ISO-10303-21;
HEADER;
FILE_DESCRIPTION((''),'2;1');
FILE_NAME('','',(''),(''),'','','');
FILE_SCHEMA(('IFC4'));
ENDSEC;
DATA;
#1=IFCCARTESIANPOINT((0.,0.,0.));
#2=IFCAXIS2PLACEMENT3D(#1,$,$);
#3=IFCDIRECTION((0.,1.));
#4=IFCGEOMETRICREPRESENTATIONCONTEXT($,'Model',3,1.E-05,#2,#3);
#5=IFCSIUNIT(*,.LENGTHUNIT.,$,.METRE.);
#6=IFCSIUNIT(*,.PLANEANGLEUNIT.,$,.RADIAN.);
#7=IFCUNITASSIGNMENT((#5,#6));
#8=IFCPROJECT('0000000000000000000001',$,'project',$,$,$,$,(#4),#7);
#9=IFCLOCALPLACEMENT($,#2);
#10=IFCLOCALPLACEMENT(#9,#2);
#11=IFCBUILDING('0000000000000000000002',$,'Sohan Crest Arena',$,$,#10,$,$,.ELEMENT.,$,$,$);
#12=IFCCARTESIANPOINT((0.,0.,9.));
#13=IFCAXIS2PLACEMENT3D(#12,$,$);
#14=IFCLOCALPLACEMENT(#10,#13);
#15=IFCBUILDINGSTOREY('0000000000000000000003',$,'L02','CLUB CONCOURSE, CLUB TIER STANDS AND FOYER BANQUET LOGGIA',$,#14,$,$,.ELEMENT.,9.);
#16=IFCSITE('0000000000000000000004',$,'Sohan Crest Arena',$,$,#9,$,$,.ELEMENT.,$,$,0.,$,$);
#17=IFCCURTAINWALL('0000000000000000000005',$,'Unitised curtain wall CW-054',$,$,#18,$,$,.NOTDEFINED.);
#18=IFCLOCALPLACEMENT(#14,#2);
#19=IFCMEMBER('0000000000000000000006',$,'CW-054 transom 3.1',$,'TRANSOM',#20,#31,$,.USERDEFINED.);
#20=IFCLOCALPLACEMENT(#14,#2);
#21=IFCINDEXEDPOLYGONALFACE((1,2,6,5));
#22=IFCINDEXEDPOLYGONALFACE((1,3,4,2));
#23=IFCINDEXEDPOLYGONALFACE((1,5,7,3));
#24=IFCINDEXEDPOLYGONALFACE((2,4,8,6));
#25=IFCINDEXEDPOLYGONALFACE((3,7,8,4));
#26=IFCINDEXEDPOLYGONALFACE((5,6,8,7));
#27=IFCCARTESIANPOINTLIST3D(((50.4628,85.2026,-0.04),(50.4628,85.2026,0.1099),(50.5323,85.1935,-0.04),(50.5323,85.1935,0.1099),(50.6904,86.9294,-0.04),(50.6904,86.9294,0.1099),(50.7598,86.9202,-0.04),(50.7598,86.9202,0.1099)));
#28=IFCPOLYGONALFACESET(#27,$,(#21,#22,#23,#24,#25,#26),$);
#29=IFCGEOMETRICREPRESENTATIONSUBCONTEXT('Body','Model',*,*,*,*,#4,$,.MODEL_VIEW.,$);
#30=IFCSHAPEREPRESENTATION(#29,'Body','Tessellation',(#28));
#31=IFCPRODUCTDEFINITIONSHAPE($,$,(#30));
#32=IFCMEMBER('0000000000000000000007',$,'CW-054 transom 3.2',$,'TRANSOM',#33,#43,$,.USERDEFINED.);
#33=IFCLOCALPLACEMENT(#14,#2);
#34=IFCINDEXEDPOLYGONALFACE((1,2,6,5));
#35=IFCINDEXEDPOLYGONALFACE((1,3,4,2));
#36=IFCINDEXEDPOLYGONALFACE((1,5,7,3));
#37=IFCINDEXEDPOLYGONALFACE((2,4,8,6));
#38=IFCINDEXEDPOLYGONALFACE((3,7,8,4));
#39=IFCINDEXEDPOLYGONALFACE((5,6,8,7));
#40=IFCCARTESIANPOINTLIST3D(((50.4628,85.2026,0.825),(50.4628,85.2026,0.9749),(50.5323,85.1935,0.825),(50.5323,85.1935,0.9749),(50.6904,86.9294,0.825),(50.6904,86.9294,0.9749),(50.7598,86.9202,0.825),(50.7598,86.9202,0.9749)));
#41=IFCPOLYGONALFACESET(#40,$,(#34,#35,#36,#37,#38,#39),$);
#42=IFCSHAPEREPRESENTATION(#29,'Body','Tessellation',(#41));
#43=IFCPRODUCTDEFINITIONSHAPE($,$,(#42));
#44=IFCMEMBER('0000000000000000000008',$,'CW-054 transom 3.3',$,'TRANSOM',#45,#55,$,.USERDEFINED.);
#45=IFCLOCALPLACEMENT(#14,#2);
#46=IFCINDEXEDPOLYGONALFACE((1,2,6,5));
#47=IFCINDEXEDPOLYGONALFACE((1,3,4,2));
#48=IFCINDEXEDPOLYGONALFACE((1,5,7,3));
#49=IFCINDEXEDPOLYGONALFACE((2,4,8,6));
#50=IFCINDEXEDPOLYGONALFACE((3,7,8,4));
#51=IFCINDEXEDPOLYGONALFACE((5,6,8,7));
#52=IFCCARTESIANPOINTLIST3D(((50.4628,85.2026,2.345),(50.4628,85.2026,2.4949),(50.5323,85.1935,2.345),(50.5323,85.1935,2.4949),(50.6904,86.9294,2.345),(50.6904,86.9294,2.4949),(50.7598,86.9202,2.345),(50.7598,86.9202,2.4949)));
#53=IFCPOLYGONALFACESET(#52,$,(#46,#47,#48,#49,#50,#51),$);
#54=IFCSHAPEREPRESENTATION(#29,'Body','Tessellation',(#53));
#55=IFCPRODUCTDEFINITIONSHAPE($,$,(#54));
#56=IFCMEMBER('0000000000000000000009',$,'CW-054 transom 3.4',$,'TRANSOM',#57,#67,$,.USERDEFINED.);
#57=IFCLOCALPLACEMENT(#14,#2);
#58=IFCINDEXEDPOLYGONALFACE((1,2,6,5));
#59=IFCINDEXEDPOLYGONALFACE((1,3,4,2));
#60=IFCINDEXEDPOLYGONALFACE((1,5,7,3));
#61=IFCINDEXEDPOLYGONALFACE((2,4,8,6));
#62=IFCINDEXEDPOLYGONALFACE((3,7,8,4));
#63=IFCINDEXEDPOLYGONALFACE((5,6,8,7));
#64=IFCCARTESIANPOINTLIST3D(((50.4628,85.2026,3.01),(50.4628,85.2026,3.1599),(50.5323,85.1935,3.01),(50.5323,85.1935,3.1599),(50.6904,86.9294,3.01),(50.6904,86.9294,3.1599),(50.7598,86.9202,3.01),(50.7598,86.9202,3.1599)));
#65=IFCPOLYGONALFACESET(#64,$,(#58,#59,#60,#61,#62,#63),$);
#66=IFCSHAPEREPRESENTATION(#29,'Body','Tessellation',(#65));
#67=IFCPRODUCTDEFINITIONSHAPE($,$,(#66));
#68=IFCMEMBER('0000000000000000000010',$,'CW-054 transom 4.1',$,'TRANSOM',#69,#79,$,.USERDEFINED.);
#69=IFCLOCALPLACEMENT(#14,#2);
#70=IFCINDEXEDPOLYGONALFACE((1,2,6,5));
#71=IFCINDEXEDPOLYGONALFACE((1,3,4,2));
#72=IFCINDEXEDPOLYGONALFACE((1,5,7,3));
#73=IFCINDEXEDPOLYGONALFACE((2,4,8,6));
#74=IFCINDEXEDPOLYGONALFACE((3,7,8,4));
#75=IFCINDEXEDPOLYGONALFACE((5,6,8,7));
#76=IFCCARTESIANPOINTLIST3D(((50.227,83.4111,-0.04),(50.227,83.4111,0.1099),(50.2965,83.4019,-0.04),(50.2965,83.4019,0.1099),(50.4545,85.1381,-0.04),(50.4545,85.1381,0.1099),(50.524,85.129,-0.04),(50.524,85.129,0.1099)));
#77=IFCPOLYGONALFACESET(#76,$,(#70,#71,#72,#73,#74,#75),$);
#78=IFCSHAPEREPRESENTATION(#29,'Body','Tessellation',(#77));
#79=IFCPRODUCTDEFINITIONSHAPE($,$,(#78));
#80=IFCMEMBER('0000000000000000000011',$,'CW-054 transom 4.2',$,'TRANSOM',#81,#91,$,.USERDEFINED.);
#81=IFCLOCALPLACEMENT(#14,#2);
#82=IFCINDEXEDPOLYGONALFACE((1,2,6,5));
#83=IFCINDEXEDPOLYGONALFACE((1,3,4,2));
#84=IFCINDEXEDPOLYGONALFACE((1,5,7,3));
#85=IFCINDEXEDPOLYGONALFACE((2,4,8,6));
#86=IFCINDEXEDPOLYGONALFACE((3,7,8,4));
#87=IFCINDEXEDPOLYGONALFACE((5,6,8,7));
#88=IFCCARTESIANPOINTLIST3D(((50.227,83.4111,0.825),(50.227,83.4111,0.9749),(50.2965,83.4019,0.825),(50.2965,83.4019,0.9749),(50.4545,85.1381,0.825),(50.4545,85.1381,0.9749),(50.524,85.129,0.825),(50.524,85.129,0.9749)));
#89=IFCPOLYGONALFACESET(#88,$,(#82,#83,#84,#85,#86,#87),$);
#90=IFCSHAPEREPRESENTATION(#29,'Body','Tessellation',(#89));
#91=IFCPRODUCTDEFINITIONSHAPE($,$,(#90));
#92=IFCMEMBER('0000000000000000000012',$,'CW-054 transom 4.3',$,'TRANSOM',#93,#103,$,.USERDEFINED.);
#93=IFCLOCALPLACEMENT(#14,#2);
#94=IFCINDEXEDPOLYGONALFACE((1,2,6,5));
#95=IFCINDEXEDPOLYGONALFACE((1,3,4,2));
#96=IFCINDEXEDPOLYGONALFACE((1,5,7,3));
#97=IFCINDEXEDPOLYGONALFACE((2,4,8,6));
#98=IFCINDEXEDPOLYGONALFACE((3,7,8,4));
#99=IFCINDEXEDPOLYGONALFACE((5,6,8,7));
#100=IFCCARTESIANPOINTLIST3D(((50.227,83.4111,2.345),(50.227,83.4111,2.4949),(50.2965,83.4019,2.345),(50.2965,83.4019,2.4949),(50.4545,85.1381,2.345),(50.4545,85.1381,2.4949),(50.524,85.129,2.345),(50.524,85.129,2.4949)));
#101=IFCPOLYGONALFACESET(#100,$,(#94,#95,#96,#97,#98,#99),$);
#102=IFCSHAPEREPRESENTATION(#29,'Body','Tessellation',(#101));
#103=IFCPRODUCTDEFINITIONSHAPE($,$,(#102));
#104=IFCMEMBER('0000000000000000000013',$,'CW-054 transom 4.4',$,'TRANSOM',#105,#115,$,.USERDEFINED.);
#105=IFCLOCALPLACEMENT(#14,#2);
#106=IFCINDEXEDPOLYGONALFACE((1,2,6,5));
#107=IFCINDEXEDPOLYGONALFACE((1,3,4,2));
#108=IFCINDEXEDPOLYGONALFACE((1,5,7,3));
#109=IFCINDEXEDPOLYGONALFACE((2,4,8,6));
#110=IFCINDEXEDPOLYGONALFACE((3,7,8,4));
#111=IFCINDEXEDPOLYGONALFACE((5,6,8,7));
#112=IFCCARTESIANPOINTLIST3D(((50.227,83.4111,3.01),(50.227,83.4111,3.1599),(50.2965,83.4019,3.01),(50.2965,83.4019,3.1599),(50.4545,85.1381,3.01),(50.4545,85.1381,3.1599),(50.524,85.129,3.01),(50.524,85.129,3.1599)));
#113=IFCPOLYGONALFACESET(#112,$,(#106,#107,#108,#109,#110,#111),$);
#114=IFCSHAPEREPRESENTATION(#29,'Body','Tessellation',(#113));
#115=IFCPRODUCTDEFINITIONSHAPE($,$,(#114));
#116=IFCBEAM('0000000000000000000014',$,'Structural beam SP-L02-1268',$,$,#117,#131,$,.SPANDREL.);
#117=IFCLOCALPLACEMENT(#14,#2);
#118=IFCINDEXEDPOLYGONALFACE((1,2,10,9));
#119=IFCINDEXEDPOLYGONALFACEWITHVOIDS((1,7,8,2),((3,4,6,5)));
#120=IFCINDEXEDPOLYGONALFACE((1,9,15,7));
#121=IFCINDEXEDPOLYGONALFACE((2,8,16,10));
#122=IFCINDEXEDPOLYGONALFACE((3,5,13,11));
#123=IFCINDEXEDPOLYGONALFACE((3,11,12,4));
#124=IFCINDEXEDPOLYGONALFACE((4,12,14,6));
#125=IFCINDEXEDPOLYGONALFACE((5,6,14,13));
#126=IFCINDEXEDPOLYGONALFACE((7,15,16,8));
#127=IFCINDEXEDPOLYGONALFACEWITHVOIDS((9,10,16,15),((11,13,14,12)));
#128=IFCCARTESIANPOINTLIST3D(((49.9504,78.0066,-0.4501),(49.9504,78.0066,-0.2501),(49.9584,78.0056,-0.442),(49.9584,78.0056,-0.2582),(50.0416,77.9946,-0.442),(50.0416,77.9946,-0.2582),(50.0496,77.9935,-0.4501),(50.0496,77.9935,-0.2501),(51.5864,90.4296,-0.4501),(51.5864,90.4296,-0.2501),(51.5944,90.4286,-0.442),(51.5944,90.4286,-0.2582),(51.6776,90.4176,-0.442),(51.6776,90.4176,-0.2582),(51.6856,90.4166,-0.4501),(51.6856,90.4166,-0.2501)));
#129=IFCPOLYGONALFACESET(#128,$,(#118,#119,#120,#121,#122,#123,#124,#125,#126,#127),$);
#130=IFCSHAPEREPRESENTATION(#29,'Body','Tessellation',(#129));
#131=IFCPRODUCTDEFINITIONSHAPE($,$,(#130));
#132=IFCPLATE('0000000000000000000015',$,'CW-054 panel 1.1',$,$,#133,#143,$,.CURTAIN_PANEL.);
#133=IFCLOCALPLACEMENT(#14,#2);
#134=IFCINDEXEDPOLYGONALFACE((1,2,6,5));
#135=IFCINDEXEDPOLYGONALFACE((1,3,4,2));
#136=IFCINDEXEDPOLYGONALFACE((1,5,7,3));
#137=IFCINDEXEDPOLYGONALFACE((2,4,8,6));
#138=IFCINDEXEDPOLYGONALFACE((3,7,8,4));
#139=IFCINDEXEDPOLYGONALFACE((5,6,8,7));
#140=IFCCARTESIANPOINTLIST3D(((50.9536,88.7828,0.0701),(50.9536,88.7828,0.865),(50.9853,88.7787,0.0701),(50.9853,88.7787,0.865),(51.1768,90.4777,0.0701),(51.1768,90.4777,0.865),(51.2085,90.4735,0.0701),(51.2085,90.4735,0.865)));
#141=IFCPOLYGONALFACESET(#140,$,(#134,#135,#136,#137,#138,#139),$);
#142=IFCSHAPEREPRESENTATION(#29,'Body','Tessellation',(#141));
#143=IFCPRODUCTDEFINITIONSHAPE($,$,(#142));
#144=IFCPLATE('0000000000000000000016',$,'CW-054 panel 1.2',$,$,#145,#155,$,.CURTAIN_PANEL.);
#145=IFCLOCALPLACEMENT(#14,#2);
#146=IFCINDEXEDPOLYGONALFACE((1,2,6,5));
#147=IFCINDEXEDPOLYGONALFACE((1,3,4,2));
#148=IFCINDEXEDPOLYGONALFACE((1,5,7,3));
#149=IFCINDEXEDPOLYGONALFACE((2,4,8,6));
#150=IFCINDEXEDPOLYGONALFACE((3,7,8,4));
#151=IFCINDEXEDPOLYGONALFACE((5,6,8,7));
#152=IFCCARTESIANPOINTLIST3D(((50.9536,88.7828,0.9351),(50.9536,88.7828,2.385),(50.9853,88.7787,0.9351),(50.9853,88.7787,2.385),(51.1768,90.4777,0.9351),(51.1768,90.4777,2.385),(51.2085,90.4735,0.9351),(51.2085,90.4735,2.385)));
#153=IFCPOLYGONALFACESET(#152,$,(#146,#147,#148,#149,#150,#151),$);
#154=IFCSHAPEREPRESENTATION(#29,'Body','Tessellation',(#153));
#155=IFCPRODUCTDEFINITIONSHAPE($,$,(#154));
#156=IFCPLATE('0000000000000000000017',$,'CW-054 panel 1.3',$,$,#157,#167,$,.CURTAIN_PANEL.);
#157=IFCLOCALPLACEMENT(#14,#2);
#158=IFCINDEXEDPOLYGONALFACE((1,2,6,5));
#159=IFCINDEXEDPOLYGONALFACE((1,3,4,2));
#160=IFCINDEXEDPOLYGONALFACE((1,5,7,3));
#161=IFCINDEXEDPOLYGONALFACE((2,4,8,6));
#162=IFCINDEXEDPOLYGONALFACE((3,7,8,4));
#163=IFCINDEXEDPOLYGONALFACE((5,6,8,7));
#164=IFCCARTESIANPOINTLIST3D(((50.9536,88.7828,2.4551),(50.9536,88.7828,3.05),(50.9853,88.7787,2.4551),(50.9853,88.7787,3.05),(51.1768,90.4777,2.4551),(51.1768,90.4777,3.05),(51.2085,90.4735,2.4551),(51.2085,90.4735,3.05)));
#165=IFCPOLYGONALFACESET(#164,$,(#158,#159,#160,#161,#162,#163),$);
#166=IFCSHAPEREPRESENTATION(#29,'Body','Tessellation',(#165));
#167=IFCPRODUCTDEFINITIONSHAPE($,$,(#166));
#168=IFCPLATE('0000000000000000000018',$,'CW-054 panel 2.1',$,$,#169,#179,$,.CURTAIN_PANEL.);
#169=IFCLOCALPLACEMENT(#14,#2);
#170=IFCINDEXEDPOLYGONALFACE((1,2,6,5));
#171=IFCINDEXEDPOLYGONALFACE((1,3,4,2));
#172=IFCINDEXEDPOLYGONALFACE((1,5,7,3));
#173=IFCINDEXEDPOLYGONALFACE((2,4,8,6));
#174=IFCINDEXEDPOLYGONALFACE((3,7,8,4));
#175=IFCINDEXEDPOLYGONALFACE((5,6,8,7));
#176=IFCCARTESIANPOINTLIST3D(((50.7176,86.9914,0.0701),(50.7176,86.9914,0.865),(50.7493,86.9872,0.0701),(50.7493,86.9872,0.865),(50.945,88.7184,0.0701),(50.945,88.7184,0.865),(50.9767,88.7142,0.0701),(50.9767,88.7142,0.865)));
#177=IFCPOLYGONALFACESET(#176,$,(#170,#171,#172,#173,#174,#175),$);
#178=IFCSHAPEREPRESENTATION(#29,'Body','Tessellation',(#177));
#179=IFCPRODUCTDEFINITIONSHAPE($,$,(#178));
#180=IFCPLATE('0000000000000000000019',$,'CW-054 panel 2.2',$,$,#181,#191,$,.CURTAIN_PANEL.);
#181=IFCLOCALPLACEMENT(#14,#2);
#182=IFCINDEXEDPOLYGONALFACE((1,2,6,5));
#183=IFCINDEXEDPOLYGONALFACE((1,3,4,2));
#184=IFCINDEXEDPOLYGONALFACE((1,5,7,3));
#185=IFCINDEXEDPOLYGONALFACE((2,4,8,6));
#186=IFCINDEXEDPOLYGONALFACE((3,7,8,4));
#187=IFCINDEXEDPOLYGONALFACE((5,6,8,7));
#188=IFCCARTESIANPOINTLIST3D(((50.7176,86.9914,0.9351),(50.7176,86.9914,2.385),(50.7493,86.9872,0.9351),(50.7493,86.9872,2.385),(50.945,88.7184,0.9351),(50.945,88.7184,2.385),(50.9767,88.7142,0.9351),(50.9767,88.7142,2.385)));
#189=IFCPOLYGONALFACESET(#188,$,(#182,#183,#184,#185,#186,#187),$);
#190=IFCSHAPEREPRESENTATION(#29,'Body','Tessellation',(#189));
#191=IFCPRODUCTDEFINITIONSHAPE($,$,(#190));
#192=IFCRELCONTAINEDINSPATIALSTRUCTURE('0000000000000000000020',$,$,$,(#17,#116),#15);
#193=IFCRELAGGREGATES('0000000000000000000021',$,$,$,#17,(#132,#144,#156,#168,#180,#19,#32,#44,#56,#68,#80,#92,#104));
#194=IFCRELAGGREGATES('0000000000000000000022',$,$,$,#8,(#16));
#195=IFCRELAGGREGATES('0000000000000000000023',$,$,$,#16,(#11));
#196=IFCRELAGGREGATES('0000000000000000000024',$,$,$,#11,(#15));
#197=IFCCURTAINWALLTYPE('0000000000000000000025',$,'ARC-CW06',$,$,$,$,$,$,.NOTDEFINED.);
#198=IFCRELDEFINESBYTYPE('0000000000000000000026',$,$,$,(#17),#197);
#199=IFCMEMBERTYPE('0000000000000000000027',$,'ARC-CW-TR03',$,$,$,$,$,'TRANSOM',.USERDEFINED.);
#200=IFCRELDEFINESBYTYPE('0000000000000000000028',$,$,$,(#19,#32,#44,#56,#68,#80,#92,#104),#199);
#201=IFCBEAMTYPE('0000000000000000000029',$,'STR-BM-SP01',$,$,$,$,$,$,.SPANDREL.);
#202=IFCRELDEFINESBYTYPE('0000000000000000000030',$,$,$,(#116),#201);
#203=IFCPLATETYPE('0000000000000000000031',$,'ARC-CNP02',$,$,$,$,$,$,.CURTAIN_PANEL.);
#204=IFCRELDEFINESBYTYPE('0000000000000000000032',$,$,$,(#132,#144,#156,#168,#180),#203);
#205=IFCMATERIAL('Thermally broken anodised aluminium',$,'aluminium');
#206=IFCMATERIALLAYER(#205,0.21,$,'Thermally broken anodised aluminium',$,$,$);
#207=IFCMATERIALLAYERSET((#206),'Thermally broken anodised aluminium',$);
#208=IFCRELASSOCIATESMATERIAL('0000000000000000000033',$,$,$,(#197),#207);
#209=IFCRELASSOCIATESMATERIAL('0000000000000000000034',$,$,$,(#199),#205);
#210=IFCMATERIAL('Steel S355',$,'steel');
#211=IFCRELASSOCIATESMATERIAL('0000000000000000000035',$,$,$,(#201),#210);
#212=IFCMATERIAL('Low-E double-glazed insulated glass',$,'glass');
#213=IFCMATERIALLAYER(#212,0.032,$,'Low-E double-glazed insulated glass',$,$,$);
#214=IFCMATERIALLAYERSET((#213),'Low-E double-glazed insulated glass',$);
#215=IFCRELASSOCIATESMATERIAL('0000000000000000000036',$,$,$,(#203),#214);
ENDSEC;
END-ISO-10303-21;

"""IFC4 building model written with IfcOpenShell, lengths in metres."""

from ifc_helpers import new_model, si_unit, direction, frame, origin, origin_2d, place, context, subcontext, project, spatial, rectangle, hollow_rectangle, extrude, material, layer, layer_set, material_profile, profile_set, type_object, element, aggregate, save


model = new_model("IFC4")

# Units and contexts
model_context = context("Model", 3, precision=1e-05, world=origin(), true_north=direction((0.0, 1.0)))
body_context = subcontext(model_context, "Body", "Model", "MODEL_VIEW")
ifc_project = project(units=[si_unit("LENGTHUNIT", "METRE"), si_unit("PLANEANGLEUNIT", "RADIAN")], contexts=[model_context])

# Site, building, storey
site_placement = place(None, origin())
site = spatial("IfcSite", under=ifc_project, at=site_placement, Name="Sohan Crest Arena", CompositionType="ELEMENT", RefElevation=0.0)
building_placement = place(site_placement, origin())
building = spatial("IfcBuilding", under=site, at=building_placement, Name="Sohan Crest Arena", CompositionType="ELEMENT")
storey_placement = place(building_placement, frame((0.0, 0.0, 9.0)))
storey = spatial("IfcBuildingStorey", under=building, at=storey_placement, Name="L02", Description="CLUB CONCOURSE, CLUB TIER STANDS AND FOYER BANQUET LOGGIA", CompositionType="ELEMENT", Elevation=9.0)

# Shared definitions
ifc_material_1 = material(Name="Steel S355", Category="steel")

# Curtain wall, members
ifc_material_2 = material(Name="Thermally broken anodised aluminium", Category="aluminium")
ifc_layer_1 = layer(ifc_material_2, 0.21, Name="Thermally broken anodised aluminium")
ifc_layer_set_1 = layer_set([ifc_layer_1], Name="Thermally broken anodised aluminium")
curtain_wall_type = type_object("IfcCurtainWallType", Name="ARC-CW06", PredefinedType="NOTDEFINED", material=ifc_layer_set_1)
curtain_wall_placement = place(storey_placement, origin())
curtain_wall = element("IfcCurtainWall", 1, at=curtain_wall_placement, inside=storey, type_object=curtain_wall_type, Name="Unitised curtain wall CW-054", PredefinedType="NOTDEFINED")
ifc_material_profile_1 = material_profile(ifc_material_2, rectangle(XDim=0.0701, YDim=0.1499, at=origin_2d()), Name="ALU-TRAN 70x150")
ifc_profile_set_1 = profile_set([ifc_material_profile_1], Name="Thermally broken anodised aluminium")
member_type_1 = type_object("IfcMemberType", Name="ARC-CW-TR03", ElementType="TRANSOM", PredefinedType="USERDEFINED", material=ifc_profile_set_1)
member_1_placement = place(storey_placement, frame((50.7251, 86.9248, 0.0349), z_axis=(-0.130639, -0.99143, 0.0), x_axis=(0.99143, -0.130639, 0.0)))
member_1 = element("IfcMember", 2, at=member_1_placement, type_object=member_type_1, Name="CW-054 transom 3.1", ObjectType="TRANSOM", PredefinedType="USERDEFINED", context=body_context, shape_type="SweptSolid", body=[
    extrude(rectangle(XDim=0.0701, YDim=0.1499, at=origin_2d()), origin(), (0.0, 0.0, 1.0), 1.7417),
])
member_2_placement = place(storey_placement, frame((50.7251, 86.9248, 0.8999), z_axis=(-0.130639, -0.99143, 0.0), x_axis=(0.99143, -0.130639, 0.0)))
member_2 = element("IfcMember", 3, at=member_2_placement, type_object=member_type_1, Name="CW-054 transom 3.2", ObjectType="TRANSOM", PredefinedType="USERDEFINED", context=body_context, shape_type="SweptSolid", body=[
    extrude(rectangle(XDim=0.0701, YDim=0.1499, at=origin_2d()), origin(), (0.0, 0.0, 1.0), 1.7417),
])
member_3_placement = place(storey_placement, frame((50.7251, 86.9248, 2.4199), z_axis=(-0.130639, -0.99143, 0.0), x_axis=(0.99143, -0.130639, 0.0)))
member_3 = element("IfcMember", 4, at=member_3_placement, type_object=member_type_1, Name="CW-054 transom 3.3", ObjectType="TRANSOM", PredefinedType="USERDEFINED", context=body_context, shape_type="SweptSolid", body=[
    extrude(rectangle(XDim=0.0701, YDim=0.1499, at=origin_2d()), origin(), (0.0, 0.0, 1.0), 1.7417),
])
member_4_placement = place(storey_placement, frame((50.7251, 86.9248, 3.085), z_axis=(-0.130639, -0.99143, 0.0), x_axis=(0.99143, -0.130639, 0.0)))
member_4 = element("IfcMember", 5, at=member_4_placement, type_object=member_type_1, Name="CW-054 transom 3.4", ObjectType="TRANSOM", PredefinedType="USERDEFINED", context=body_context, shape_type="SweptSolid", body=[
    extrude(rectangle(XDim=0.0701, YDim=0.1499, at=origin_2d()), origin(), (0.0, 0.0, 1.0), 1.7417),
])
member_5_placement = place(storey_placement, frame((50.4893, 85.1335, 0.0349), z_axis=(-0.130621, -0.991432, 0.0), x_axis=(0.991432, -0.130621, 0.0)))
member_5 = element("IfcMember", 6, at=member_5_placement, type_object=member_type_1, Name="CW-054 transom 4.1", ObjectType="TRANSOM", PredefinedType="USERDEFINED", context=body_context, shape_type="SweptSolid", body=[
    extrude(rectangle(XDim=0.0701, YDim=0.1499, at=origin_2d()), origin(), (0.0, 0.0, 1.0), 1.7419),
])
member_6_placement = place(storey_placement, frame((50.4893, 85.1335, 0.8999), z_axis=(-0.130621, -0.991432, 0.0), x_axis=(0.991432, -0.130621, 0.0)))
member_6 = element("IfcMember", 7, at=member_6_placement, type_object=member_type_1, Name="CW-054 transom 4.2", ObjectType="TRANSOM", PredefinedType="USERDEFINED", context=body_context, shape_type="SweptSolid", body=[
    extrude(rectangle(XDim=0.0701, YDim=0.1499, at=origin_2d()), origin(), (0.0, 0.0, 1.0), 1.7419),
])
member_7_placement = place(storey_placement, frame((50.4893, 85.1335, 2.4199), z_axis=(-0.130621, -0.991432, 0.0), x_axis=(0.991432, -0.130621, 0.0)))
member_7 = element("IfcMember", 8, at=member_7_placement, type_object=member_type_1, Name="CW-054 transom 4.3", ObjectType="TRANSOM", PredefinedType="USERDEFINED", context=body_context, shape_type="SweptSolid", body=[
    extrude(rectangle(XDim=0.0701, YDim=0.1499, at=origin_2d()), origin(), (0.0, 0.0, 1.0), 1.7419),
])
member_8_placement = place(storey_placement, frame((50.4893, 85.1335, 3.085), z_axis=(-0.130621, -0.991432, 0.0), x_axis=(0.991432, -0.130621, 0.0)))
member_8 = element("IfcMember", 9, at=member_8_placement, type_object=member_type_1, Name="CW-054 transom 4.4", ObjectType="TRANSOM", PredefinedType="USERDEFINED", context=body_context, shape_type="SweptSolid", body=[
    extrude(rectangle(XDim=0.0701, YDim=0.1499, at=origin_2d()), origin(), (0.0, 0.0, 1.0), 1.7419),
])

# Beam
ifc_material_profile_2 = material_profile(ifc_material_1, hollow_rectangle(XDim=0.1001, YDim=0.2, WallThickness=0.0081, at=origin_2d()), Name="RHS 200x100x8")
ifc_profile_set_2 = profile_set([ifc_material_profile_2], Name="Steel S355")
beam_type = type_object("IfcBeamType", Name="STR-BM-SP01", PredefinedType="SPANDREL", material=ifc_profile_set_2)
beam_placement = place(storey_placement, frame((51.636, 90.4231, -0.3501), z_axis=(-0.130562, -0.99144, 0.0), x_axis=(0.99144, -0.130562, 0.0)))
element("IfcBeam", 10, at=beam_placement, inside=storey, type_object=beam_type, Name="Structural beam SP-L02-1268", PredefinedType="SPANDREL", context=body_context, shape_type="SweptSolid", body=[
    extrude(hollow_rectangle(XDim=0.1001, YDim=0.2, WallThickness=0.0081, at=origin_2d()), origin(), (0.0, 0.0, 1.0), 12.5303),
])

# Plates
ifc_material_3 = material(Name="Low-E double-glazed insulated glass", Category="glass")
ifc_layer_2 = layer(ifc_material_3, 0.032, Name="Low-E double-glazed insulated glass")
ifc_layer_set_2 = layer_set([ifc_layer_2], Name="Low-E double-glazed insulated glass")
plate_type = type_object("IfcPlateType", Name="ARC-CNP02", PredefinedType="CURTAIN_PANEL", material=ifc_layer_set_2)
plate_1_placement = place(storey_placement, frame((51.0811, 89.6282, 0.0701), z_axis=(0.0, 0.0, 1.0), x_axis=(-0.130532, -0.991444, 0.0)))
plate_1 = element("IfcPlate", 11, at=plate_1_placement, type_object=plate_type, Name="CW-054 panel 1.1", PredefinedType="CURTAIN_PANEL", context=body_context, shape_type="SweptSolid", body=[
    extrude(rectangle(XDim=1.7095, YDim=0.032, at=origin_2d()), origin(), (0.0, 0.0, 1.0), 0.7949),
])
plate_2_placement = place(storey_placement, frame((51.0811, 89.6282, 0.9351), z_axis=(0.0, 0.0, 1.0), x_axis=(-0.130532, -0.991444, 0.0)))
plate_2 = element("IfcPlate", 12, at=plate_2_placement, type_object=plate_type, Name="CW-054 panel 1.2", PredefinedType="CURTAIN_PANEL", context=body_context, shape_type="SweptSolid", body=[
    extrude(rectangle(XDim=1.7095, YDim=0.032, at=origin_2d()), origin(), (0.0, 0.0, 1.0), 1.45),
])
plate_3_placement = place(storey_placement, frame((51.0811, 89.6282, 2.4551), z_axis=(0.0, 0.0, 1.0), x_axis=(-0.130532, -0.991444, 0.0)))
plate_3 = element("IfcPlate", 13, at=plate_3_placement, type_object=plate_type, Name="CW-054 panel 1.3", PredefinedType="CURTAIN_PANEL", context=body_context, shape_type="SweptSolid", body=[
    extrude(rectangle(XDim=1.7095, YDim=0.032, at=origin_2d()), origin(), (0.0, 0.0, 1.0), 0.595),
])
plate_4_placement = place(storey_placement, frame((50.8472, 87.8528, 0.0701), z_axis=(0.0, 0.0, 1.0), x_axis=(-0.130532, -0.991444, 0.0)))
plate_4 = element("IfcPlate", 14, at=plate_4_placement, type_object=plate_type, Name="CW-054 panel 2.1", PredefinedType="CURTAIN_PANEL", context=body_context, shape_type="SweptSolid", body=[
    extrude(rectangle(XDim=1.7419, YDim=0.032, at=origin_2d()), origin(), (0.0, 0.0, 1.0), 0.7949),
])
plate_5_placement = place(storey_placement, frame((50.8472, 87.8528, 0.9351), z_axis=(0.0, 0.0, 1.0), x_axis=(-0.130532, -0.991444, 0.0)))
plate_5 = element("IfcPlate", 15, at=plate_5_placement, type_object=plate_type, Name="CW-054 panel 2.2", PredefinedType="CURTAIN_PANEL", context=body_context, shape_type="SweptSolid", body=[
    extrude(rectangle(XDim=1.7419, YDim=0.032, at=origin_2d()), origin(), (0.0, 0.0, 1.0), 1.45),
])
aggregate(curtain_wall, [plate_1, plate_2, plate_3, plate_4, plate_5, member_1, member_2, member_3, member_4, member_5, member_6, member_7, member_8])

save(model, "model.ifc")
